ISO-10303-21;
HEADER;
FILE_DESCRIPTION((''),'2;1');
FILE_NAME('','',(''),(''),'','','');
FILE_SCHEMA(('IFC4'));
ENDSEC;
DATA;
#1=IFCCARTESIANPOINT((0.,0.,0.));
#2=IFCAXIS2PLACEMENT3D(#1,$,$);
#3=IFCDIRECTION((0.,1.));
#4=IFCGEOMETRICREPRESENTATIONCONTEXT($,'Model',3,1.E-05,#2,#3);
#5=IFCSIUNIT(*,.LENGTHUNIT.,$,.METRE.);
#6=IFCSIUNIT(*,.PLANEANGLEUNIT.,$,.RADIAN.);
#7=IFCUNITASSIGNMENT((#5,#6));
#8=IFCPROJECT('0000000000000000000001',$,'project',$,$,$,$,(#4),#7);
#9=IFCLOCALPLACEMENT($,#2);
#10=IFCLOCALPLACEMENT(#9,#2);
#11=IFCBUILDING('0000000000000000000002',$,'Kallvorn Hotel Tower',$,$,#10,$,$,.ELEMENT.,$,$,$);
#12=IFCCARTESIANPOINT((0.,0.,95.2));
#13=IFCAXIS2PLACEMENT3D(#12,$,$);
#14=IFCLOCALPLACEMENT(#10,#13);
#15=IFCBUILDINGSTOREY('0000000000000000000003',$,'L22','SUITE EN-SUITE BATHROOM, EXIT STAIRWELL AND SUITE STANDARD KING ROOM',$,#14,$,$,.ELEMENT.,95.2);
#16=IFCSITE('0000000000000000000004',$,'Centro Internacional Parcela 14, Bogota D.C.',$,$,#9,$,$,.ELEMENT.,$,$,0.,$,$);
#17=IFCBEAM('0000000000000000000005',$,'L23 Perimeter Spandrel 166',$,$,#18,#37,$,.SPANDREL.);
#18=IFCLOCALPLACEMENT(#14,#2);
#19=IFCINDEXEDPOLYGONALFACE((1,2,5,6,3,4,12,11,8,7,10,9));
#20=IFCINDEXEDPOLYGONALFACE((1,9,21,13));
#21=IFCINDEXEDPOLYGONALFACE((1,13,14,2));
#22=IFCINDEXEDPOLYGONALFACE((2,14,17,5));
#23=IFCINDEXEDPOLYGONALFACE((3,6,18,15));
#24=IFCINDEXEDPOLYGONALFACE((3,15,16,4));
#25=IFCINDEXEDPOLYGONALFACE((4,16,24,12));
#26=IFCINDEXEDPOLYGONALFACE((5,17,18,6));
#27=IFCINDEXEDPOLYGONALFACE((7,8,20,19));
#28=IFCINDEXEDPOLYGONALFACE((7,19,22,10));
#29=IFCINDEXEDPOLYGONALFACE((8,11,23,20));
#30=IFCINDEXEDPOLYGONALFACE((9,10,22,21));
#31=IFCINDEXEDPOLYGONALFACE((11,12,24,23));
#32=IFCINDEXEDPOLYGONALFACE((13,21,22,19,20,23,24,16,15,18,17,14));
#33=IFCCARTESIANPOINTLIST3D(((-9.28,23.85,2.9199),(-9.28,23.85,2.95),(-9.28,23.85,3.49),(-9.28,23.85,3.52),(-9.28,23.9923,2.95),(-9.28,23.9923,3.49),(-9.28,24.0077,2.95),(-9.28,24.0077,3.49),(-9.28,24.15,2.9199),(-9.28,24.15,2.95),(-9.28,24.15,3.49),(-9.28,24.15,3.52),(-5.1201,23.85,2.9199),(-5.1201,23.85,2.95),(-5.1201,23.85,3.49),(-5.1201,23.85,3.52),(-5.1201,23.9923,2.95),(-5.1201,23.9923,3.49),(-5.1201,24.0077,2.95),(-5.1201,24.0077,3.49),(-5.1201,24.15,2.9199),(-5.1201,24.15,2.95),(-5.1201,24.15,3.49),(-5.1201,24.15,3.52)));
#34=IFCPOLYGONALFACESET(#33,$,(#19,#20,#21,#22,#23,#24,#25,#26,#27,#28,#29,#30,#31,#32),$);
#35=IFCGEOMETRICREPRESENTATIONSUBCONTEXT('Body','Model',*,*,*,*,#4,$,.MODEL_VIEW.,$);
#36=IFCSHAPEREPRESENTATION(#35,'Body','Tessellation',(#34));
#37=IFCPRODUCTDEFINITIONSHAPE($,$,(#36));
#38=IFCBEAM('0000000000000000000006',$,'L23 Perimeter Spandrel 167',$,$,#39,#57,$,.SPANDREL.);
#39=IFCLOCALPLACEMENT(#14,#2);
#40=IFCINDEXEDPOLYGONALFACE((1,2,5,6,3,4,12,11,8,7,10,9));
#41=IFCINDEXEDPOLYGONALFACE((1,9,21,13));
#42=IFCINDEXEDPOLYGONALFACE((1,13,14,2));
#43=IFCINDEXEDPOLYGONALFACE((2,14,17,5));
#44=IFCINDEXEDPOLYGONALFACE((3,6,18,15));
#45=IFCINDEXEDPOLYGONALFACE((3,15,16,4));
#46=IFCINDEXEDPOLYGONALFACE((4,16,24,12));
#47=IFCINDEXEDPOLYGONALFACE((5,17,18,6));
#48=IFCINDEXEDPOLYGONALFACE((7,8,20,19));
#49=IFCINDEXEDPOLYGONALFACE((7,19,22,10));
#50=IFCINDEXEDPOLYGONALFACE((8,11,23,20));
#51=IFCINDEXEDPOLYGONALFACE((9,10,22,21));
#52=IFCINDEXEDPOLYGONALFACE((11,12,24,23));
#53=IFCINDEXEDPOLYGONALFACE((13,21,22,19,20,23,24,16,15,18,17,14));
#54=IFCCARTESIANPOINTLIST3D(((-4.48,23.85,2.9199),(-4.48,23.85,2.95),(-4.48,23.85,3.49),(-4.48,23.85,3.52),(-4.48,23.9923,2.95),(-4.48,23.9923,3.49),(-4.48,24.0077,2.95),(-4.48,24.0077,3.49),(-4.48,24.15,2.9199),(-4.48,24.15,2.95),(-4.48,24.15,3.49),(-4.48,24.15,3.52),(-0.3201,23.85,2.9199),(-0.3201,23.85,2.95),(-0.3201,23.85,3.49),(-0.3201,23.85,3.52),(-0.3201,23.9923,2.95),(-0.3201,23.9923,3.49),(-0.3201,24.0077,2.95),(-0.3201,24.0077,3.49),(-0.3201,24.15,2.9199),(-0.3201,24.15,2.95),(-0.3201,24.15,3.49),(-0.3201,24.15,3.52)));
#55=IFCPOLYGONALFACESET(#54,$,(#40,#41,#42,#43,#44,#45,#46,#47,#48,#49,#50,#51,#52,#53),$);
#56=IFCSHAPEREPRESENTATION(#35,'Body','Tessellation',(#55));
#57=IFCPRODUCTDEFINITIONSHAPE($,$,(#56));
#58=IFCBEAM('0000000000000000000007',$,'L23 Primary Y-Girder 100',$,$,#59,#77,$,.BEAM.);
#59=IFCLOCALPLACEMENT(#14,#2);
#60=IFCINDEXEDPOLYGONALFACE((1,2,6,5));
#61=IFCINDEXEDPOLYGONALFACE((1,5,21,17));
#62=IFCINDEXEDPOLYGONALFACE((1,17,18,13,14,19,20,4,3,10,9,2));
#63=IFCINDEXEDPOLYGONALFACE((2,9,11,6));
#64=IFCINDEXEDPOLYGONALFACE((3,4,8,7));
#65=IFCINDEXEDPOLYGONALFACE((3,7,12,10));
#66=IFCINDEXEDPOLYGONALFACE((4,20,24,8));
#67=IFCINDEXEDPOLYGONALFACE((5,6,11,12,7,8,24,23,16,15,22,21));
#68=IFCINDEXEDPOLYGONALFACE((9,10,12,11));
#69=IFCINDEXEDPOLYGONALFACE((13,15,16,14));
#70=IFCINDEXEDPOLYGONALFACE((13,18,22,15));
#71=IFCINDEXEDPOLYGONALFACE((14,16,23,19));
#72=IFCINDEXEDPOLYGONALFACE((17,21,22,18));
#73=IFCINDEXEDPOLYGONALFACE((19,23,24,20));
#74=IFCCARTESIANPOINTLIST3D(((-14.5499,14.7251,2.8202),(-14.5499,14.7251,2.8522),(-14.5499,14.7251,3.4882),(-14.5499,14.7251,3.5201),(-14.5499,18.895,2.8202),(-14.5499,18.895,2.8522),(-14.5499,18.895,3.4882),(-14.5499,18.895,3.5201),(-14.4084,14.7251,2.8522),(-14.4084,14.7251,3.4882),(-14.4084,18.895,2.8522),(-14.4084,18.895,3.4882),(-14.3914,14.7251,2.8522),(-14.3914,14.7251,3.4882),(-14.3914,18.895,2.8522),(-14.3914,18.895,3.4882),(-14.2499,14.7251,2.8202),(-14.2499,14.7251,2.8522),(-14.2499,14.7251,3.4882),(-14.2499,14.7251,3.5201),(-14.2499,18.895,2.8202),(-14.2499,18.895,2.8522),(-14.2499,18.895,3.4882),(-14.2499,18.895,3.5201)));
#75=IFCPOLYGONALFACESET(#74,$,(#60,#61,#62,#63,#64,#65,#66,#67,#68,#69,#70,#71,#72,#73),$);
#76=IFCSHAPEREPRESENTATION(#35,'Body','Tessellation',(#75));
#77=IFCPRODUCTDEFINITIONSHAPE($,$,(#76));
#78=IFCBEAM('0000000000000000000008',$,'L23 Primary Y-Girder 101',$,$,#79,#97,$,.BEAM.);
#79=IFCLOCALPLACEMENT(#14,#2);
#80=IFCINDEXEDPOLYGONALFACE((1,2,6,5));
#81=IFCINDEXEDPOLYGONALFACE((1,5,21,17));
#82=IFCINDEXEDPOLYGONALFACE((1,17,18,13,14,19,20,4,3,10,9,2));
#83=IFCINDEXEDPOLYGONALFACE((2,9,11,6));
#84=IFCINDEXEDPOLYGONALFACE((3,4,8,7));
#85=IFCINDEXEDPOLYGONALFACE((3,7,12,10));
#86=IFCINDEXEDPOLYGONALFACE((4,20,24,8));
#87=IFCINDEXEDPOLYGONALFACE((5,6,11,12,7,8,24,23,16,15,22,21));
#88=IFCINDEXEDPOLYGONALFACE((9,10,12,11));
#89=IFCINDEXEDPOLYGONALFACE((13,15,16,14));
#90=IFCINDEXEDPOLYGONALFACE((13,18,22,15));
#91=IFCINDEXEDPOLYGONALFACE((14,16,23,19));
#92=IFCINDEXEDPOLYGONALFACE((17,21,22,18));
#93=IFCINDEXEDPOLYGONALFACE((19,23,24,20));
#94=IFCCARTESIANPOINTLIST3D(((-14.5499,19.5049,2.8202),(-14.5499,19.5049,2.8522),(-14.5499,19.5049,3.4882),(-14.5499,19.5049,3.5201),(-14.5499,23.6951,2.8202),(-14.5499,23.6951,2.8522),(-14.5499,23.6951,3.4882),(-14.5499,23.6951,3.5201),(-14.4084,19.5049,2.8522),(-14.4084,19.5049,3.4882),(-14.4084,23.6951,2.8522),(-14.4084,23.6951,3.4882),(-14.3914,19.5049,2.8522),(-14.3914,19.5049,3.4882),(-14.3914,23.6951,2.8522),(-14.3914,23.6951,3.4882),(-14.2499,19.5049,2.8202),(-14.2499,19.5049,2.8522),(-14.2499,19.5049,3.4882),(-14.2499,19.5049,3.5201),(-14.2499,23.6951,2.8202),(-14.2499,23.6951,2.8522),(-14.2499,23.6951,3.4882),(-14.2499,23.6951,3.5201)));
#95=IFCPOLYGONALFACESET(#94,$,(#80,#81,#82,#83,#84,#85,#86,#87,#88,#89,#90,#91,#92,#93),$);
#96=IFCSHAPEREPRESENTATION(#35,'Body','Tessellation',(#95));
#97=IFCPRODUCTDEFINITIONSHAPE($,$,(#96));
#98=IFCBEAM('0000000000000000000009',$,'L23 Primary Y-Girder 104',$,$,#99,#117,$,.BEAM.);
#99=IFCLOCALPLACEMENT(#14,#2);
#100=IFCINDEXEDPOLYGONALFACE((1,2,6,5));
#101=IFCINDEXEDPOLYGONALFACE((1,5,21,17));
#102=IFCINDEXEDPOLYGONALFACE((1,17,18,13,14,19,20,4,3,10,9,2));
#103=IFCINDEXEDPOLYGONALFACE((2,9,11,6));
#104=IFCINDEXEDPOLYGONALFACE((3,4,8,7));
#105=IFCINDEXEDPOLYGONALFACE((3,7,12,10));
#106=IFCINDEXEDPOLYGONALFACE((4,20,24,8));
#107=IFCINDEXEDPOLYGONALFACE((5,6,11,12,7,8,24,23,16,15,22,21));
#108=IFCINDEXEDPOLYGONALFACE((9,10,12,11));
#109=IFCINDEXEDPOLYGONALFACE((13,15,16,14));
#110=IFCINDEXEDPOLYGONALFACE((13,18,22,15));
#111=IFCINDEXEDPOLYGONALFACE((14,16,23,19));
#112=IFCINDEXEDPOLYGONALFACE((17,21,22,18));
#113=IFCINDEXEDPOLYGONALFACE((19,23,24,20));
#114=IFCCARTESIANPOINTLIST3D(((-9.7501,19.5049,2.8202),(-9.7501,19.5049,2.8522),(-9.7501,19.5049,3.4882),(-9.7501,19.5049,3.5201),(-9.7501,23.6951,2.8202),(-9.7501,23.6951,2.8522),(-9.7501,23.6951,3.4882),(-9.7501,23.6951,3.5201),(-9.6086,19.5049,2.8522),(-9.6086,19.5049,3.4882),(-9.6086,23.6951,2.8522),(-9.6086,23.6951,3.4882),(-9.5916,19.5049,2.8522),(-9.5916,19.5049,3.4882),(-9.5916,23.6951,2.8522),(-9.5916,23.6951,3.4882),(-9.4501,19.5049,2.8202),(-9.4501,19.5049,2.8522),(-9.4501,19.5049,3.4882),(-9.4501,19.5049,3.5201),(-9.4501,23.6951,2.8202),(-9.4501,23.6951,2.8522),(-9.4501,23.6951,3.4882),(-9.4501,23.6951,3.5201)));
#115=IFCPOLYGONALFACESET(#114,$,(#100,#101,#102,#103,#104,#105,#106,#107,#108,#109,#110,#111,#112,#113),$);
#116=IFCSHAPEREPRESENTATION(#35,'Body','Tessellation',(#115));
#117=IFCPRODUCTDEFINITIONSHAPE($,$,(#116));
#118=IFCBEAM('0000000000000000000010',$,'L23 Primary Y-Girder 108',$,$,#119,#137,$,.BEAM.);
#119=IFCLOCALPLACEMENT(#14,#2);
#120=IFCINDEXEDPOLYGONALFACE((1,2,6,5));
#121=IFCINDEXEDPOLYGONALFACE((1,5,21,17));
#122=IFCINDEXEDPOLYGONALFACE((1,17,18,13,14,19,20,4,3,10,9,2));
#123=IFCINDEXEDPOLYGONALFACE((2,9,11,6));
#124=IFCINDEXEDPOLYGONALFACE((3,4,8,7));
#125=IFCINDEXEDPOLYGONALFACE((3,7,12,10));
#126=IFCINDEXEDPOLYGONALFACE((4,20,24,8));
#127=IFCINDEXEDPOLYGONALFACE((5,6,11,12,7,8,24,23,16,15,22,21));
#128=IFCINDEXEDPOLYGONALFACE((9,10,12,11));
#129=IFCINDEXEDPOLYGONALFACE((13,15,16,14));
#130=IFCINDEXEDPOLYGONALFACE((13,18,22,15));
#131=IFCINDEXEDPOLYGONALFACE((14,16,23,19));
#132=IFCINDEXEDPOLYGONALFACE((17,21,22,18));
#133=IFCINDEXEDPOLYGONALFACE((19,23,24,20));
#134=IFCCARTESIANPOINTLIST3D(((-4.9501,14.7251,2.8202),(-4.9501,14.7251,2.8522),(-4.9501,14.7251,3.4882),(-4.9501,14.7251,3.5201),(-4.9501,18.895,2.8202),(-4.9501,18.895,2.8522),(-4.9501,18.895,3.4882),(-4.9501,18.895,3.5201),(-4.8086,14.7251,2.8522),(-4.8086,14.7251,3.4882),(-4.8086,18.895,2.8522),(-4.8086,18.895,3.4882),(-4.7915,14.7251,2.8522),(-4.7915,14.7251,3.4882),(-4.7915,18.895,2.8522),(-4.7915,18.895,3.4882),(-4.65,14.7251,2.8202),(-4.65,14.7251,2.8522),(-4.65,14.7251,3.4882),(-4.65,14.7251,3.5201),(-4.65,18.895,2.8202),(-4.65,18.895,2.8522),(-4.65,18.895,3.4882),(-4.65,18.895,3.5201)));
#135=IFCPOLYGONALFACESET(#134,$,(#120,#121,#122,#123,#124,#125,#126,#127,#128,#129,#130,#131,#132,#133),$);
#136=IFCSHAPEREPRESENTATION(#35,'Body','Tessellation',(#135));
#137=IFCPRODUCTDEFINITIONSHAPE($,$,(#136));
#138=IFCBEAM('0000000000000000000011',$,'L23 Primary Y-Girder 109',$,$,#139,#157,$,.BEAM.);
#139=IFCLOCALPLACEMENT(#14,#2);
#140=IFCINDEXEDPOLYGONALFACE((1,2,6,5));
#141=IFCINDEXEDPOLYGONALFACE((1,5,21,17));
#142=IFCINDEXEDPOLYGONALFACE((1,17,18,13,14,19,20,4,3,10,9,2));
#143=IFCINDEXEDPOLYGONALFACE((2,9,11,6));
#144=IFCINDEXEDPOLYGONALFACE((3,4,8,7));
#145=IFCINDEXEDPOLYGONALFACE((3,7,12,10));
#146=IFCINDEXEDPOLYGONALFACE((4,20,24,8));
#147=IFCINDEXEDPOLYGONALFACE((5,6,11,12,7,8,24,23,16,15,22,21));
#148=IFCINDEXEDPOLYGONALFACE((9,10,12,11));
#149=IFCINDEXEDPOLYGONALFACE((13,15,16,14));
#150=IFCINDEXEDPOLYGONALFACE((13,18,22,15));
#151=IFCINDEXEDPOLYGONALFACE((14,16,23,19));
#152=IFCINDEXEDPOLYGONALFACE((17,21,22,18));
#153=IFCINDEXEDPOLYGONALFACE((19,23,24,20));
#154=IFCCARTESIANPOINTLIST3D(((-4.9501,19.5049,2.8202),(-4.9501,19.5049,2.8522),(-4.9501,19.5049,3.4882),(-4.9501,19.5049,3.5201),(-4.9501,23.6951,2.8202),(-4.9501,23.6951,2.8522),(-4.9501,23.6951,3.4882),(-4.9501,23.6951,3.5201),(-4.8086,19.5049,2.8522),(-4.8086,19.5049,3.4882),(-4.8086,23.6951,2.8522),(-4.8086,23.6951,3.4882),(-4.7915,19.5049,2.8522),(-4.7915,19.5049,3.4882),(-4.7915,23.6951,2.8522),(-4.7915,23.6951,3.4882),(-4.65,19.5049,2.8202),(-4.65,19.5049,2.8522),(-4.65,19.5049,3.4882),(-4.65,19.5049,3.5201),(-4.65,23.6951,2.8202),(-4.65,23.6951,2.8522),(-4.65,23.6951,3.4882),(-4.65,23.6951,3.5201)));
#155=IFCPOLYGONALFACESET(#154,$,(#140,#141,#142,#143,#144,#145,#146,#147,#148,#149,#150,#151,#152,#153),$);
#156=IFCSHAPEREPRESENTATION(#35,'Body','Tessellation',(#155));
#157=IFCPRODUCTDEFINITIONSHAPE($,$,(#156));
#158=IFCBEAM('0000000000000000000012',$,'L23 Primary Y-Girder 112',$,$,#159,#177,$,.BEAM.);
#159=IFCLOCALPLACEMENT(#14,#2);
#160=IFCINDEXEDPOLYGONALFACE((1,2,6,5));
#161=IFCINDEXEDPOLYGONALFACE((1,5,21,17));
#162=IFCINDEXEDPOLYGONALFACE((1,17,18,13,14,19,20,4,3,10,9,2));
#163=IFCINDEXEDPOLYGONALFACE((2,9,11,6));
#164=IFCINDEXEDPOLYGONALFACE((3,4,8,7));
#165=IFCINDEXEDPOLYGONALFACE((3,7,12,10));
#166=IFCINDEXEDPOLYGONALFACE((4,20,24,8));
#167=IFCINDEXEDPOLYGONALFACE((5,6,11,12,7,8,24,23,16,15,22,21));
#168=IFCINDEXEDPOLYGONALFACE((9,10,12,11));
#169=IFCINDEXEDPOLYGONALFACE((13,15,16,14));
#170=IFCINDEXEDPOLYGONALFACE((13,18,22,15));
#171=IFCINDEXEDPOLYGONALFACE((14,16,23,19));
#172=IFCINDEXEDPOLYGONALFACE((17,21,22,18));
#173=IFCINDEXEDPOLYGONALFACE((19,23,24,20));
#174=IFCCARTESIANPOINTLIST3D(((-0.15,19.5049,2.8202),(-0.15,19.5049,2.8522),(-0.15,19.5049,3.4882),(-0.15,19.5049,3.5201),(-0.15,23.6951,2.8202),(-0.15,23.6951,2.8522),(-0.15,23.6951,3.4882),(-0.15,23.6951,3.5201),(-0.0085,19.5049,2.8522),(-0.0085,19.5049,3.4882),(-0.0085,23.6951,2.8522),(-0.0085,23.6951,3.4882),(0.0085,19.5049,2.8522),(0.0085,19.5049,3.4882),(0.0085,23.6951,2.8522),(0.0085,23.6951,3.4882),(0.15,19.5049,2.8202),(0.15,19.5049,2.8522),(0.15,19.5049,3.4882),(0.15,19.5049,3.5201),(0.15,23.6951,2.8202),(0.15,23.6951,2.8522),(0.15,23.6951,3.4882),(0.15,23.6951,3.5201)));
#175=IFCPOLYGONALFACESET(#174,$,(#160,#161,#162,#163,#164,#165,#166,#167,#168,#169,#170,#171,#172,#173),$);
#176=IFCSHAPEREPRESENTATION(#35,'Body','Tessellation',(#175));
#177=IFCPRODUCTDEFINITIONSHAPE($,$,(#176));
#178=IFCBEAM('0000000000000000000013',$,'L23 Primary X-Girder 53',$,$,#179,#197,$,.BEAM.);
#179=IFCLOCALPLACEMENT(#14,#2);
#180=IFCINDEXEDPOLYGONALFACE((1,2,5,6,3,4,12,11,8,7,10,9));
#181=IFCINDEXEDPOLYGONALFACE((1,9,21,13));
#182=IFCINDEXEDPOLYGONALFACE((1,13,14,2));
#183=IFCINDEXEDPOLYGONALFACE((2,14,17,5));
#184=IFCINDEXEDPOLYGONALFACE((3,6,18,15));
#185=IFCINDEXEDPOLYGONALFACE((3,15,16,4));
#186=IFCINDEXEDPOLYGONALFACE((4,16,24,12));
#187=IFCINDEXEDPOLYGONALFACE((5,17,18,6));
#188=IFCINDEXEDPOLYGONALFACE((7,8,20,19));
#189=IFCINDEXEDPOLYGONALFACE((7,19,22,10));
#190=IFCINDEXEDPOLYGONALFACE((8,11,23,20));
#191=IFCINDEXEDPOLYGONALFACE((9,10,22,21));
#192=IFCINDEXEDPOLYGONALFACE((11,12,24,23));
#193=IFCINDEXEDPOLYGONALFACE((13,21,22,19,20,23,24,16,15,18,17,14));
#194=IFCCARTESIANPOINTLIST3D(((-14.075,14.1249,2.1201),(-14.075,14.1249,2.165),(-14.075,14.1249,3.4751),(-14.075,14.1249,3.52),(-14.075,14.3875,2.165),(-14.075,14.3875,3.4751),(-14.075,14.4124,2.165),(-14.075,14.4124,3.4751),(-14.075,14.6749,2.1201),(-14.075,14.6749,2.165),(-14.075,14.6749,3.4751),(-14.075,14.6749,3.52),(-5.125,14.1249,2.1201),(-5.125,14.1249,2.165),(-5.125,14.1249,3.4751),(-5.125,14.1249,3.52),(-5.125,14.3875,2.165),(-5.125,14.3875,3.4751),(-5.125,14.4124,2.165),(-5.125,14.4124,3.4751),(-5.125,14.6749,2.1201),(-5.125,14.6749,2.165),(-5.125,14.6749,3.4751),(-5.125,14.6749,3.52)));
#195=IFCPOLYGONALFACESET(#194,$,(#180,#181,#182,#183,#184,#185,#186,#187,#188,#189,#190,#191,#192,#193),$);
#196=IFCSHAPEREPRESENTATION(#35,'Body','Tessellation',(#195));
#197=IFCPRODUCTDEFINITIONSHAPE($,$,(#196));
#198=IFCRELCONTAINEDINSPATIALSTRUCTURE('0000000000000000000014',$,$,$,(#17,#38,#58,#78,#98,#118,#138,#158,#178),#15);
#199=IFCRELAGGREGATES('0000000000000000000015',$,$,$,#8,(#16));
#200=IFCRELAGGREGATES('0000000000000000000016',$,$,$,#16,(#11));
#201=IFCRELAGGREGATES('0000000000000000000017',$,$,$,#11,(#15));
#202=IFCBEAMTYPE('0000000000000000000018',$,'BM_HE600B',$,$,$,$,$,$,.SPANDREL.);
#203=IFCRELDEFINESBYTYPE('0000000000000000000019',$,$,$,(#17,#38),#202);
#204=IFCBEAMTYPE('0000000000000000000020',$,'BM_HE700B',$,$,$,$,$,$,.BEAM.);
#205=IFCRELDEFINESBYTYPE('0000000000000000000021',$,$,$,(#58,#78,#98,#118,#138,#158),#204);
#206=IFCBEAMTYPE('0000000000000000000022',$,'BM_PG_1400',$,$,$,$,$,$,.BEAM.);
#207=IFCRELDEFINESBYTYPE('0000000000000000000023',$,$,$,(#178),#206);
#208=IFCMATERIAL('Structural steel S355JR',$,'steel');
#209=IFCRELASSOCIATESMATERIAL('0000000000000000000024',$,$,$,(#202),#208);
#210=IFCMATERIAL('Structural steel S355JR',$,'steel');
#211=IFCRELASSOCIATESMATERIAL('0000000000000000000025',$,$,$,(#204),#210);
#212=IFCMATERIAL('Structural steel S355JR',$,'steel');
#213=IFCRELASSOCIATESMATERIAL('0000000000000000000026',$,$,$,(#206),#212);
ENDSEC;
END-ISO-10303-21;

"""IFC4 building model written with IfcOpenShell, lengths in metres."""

from ifc_helpers import new_model, si_unit, direction, frame, origin, origin_2d, place, context, subcontext, project, spatial, i_section, extrude, material, material_profile, profile_set, type_object, element, save


model = new_model("IFC4")

# Units and contexts
model_context = context("Model", 3, precision=1e-05, world=origin(), true_north=direction((0.0, 1.0)))
body_context = subcontext(model_context, "Body", "Model", "MODEL_VIEW")
ifc_project = project(units=[si_unit("LENGTHUNIT", "METRE"), si_unit("PLANEANGLEUNIT", "RADIAN")], contexts=[model_context])

# Site, building, storey
site_placement = place(None, origin())
site = spatial("IfcSite", under=ifc_project, at=site_placement, Name="Centro Internacional Parcela 14, Bogota D.C.", CompositionType="ELEMENT", RefElevation=0.0)
building_placement = place(site_placement, origin())
building = spatial("IfcBuilding", under=site, at=building_placement, Name="Kallvorn Hotel Tower", CompositionType="ELEMENT")
storey_placement = place(building_placement, frame((0.0, 0.0, 95.2)))
storey = spatial("IfcBuildingStorey", under=building, at=storey_placement, Name="L22", Description="SUITE EN-SUITE BATHROOM, EXIT STAIRWELL AND SUITE STANDARD KING ROOM", CompositionType="ELEMENT", Elevation=95.2)

# Beams
ifc_material_1 = material(Name="Structural steel S355JR", Category="steel")
ifc_material_profile_1 = material_profile(ifc_material_1, i_section(OverallWidth=0.3, OverallDepth=0.6001, WebThickness=0.0154, FlangeThickness=0.03, at=origin_2d()), Name="HE 600 B")
ifc_profile_set_1 = profile_set([ifc_material_profile_1], Name="Structural steel S355JR")
beam_type_1 = type_object("IfcBeamType", Name="BM_HE600B", PredefinedType="SPANDREL", material=ifc_profile_set_1)
for number, where, z_axis, x_axis, name in (
    (1, (-9.28, 24.0, 3.22), (1.0, 0.0, 0.0), (0.0, 1.0, 0.0), "L23 Perimeter Spandrel 166"),
    (2, (-4.48, 24.0, 3.22), (1.0, 0.0, 0.0), (0.0, 1.0, 0.0), "L23 Perimeter Spandrel 167"),
):
    element("IfcBeam", number, at=place(storey_placement, frame(where, z_axis=z_axis, x_axis=x_axis)), inside=storey, type_object=beam_type_1, Name=name, PredefinedType="SPANDREL", context=body_context, shape_type="SweptSolid", body=[
        extrude(i_section(OverallWidth=0.3, OverallDepth=0.6001, WebThickness=0.0154, FlangeThickness=0.03, at=origin_2d()), origin(), (0.0, 0.0, 1.0), 4.1599),
    ])
ifc_material_2 = material(Name="Structural steel S355JR", Category="steel")
ifc_material_profile_2 = material_profile(ifc_material_2, i_section(OverallWidth=0.3, OverallDepth=0.7, WebThickness=0.0171, FlangeThickness=0.032, at=origin_2d()), Name="HE 700 B")
ifc_profile_set_2 = profile_set([ifc_material_profile_2], Name="Structural steel S355JR")
beam_type_2 = type_object("IfcBeamType", Name="BM_HE700B", PredefinedType="BEAM", material=ifc_profile_set_2)
beam_1_placement = place(storey_placement, frame((-14.3999, 14.7251, 3.1702), z_axis=(0.0, 1.0, 0.0), x_axis=(-1.0, 0.0, 0.0)))
element("IfcBeam", 3, at=beam_1_placement, inside=storey, type_object=beam_type_2, Name="L23 Primary Y-Girder 100", PredefinedType="BEAM", context=body_context, shape_type="SweptSolid", body=[
    extrude(i_section(OverallWidth=0.3, OverallDepth=0.7, WebThickness=0.0171, FlangeThickness=0.032, at=origin_2d()), origin(), (0.0, 0.0, 1.0), 4.1699),
])
for number, where, z_axis, x_axis, name in (
    (4, (-14.3999, 19.5049, 3.1702), (0.0, 1.0, 0.0), (-1.0, 0.0, 0.0), "L23 Primary Y-Girder 101"),
    (5, (-9.6001, 19.5049, 3.1702), (0.0, 1.0, 0.0), (-1.0, 0.0, 0.0), "L23 Primary Y-Girder 104"),
):
    element("IfcBeam", number, at=place(storey_placement, frame(where, z_axis=z_axis, x_axis=x_axis)), inside=storey, type_object=beam_type_2, Name=name, PredefinedType="BEAM", context=body_context, shape_type="SweptSolid", body=[
        extrude(i_section(OverallWidth=0.3, OverallDepth=0.7, WebThickness=0.0171, FlangeThickness=0.032, at=origin_2d()), origin(), (0.0, 0.0, 1.0), 4.1902),
    ])
beam_2_placement = place(storey_placement, frame((-4.8, 14.7251, 3.1702), z_axis=(0.0, 1.0, 0.0), x_axis=(-1.0, 0.0, 0.0)))
element("IfcBeam", 6, at=beam_2_placement, inside=storey, type_object=beam_type_2, Name="L23 Primary Y-Girder 108", PredefinedType="BEAM", context=body_context, shape_type="SweptSolid", body=[
    extrude(i_section(OverallWidth=0.3, OverallDepth=0.7, WebThickness=0.0171, FlangeThickness=0.032, at=origin_2d()), origin(), (0.0, 0.0, 1.0), 4.1699),
])
for number, where, z_axis, x_axis, name in (
    (7, (-4.8, 19.5049, 3.1702), (0.0, 1.0, 0.0), (-1.0, 0.0, 0.0), "L23 Primary Y-Girder 109"),
    (8, (0.0, 19.5049, 3.1702), (0.0, 1.0, 0.0), (-1.0, 0.0, 0.0), "L23 Primary Y-Girder 112"),
):
    element("IfcBeam", number, at=place(storey_placement, frame(where, z_axis=z_axis, x_axis=x_axis)), inside=storey, type_object=beam_type_2, Name=name, PredefinedType="BEAM", context=body_context, shape_type="SweptSolid", body=[
        extrude(i_section(OverallWidth=0.3, OverallDepth=0.7, WebThickness=0.0171, FlangeThickness=0.032, at=origin_2d()), origin(), (0.0, 0.0, 1.0), 4.1902),
    ])
ifc_material_3 = material(Name="Structural steel S355JR", Category="steel")
ifc_material_profile_3 = material_profile(ifc_material_3, i_section(OverallWidth=0.55, OverallDepth=1.3999, WebThickness=0.0249, FlangeThickness=0.0449, at=origin_2d()), Name="PG 1400x550x25x45")
ifc_profile_set_3 = profile_set([ifc_material_profile_3], Name="Structural steel S355JR")
beam_type_3 = type_object("IfcBeamType", Name="BM_PG_1400", PredefinedType="BEAM", material=ifc_profile_set_3)
beam_3_placement = place(storey_placement, frame((-14.075, 14.3999, 2.8201), z_axis=(1.0, 0.0, 0.0), x_axis=(0.0, 1.0, 0.0)))
element("IfcBeam", 9, at=beam_3_placement, inside=storey, type_object=beam_type_3, Name="L23 Primary X-Girder 53", PredefinedType="BEAM", context=body_context, shape_type="SweptSolid", body=[
    extrude(i_section(OverallWidth=0.55, OverallDepth=1.3999, WebThickness=0.0249, FlangeThickness=0.0449, at=origin_2d()), origin(), (0.0, 0.0, 1.0), 8.95),
])

save(model, "model.ifc")
